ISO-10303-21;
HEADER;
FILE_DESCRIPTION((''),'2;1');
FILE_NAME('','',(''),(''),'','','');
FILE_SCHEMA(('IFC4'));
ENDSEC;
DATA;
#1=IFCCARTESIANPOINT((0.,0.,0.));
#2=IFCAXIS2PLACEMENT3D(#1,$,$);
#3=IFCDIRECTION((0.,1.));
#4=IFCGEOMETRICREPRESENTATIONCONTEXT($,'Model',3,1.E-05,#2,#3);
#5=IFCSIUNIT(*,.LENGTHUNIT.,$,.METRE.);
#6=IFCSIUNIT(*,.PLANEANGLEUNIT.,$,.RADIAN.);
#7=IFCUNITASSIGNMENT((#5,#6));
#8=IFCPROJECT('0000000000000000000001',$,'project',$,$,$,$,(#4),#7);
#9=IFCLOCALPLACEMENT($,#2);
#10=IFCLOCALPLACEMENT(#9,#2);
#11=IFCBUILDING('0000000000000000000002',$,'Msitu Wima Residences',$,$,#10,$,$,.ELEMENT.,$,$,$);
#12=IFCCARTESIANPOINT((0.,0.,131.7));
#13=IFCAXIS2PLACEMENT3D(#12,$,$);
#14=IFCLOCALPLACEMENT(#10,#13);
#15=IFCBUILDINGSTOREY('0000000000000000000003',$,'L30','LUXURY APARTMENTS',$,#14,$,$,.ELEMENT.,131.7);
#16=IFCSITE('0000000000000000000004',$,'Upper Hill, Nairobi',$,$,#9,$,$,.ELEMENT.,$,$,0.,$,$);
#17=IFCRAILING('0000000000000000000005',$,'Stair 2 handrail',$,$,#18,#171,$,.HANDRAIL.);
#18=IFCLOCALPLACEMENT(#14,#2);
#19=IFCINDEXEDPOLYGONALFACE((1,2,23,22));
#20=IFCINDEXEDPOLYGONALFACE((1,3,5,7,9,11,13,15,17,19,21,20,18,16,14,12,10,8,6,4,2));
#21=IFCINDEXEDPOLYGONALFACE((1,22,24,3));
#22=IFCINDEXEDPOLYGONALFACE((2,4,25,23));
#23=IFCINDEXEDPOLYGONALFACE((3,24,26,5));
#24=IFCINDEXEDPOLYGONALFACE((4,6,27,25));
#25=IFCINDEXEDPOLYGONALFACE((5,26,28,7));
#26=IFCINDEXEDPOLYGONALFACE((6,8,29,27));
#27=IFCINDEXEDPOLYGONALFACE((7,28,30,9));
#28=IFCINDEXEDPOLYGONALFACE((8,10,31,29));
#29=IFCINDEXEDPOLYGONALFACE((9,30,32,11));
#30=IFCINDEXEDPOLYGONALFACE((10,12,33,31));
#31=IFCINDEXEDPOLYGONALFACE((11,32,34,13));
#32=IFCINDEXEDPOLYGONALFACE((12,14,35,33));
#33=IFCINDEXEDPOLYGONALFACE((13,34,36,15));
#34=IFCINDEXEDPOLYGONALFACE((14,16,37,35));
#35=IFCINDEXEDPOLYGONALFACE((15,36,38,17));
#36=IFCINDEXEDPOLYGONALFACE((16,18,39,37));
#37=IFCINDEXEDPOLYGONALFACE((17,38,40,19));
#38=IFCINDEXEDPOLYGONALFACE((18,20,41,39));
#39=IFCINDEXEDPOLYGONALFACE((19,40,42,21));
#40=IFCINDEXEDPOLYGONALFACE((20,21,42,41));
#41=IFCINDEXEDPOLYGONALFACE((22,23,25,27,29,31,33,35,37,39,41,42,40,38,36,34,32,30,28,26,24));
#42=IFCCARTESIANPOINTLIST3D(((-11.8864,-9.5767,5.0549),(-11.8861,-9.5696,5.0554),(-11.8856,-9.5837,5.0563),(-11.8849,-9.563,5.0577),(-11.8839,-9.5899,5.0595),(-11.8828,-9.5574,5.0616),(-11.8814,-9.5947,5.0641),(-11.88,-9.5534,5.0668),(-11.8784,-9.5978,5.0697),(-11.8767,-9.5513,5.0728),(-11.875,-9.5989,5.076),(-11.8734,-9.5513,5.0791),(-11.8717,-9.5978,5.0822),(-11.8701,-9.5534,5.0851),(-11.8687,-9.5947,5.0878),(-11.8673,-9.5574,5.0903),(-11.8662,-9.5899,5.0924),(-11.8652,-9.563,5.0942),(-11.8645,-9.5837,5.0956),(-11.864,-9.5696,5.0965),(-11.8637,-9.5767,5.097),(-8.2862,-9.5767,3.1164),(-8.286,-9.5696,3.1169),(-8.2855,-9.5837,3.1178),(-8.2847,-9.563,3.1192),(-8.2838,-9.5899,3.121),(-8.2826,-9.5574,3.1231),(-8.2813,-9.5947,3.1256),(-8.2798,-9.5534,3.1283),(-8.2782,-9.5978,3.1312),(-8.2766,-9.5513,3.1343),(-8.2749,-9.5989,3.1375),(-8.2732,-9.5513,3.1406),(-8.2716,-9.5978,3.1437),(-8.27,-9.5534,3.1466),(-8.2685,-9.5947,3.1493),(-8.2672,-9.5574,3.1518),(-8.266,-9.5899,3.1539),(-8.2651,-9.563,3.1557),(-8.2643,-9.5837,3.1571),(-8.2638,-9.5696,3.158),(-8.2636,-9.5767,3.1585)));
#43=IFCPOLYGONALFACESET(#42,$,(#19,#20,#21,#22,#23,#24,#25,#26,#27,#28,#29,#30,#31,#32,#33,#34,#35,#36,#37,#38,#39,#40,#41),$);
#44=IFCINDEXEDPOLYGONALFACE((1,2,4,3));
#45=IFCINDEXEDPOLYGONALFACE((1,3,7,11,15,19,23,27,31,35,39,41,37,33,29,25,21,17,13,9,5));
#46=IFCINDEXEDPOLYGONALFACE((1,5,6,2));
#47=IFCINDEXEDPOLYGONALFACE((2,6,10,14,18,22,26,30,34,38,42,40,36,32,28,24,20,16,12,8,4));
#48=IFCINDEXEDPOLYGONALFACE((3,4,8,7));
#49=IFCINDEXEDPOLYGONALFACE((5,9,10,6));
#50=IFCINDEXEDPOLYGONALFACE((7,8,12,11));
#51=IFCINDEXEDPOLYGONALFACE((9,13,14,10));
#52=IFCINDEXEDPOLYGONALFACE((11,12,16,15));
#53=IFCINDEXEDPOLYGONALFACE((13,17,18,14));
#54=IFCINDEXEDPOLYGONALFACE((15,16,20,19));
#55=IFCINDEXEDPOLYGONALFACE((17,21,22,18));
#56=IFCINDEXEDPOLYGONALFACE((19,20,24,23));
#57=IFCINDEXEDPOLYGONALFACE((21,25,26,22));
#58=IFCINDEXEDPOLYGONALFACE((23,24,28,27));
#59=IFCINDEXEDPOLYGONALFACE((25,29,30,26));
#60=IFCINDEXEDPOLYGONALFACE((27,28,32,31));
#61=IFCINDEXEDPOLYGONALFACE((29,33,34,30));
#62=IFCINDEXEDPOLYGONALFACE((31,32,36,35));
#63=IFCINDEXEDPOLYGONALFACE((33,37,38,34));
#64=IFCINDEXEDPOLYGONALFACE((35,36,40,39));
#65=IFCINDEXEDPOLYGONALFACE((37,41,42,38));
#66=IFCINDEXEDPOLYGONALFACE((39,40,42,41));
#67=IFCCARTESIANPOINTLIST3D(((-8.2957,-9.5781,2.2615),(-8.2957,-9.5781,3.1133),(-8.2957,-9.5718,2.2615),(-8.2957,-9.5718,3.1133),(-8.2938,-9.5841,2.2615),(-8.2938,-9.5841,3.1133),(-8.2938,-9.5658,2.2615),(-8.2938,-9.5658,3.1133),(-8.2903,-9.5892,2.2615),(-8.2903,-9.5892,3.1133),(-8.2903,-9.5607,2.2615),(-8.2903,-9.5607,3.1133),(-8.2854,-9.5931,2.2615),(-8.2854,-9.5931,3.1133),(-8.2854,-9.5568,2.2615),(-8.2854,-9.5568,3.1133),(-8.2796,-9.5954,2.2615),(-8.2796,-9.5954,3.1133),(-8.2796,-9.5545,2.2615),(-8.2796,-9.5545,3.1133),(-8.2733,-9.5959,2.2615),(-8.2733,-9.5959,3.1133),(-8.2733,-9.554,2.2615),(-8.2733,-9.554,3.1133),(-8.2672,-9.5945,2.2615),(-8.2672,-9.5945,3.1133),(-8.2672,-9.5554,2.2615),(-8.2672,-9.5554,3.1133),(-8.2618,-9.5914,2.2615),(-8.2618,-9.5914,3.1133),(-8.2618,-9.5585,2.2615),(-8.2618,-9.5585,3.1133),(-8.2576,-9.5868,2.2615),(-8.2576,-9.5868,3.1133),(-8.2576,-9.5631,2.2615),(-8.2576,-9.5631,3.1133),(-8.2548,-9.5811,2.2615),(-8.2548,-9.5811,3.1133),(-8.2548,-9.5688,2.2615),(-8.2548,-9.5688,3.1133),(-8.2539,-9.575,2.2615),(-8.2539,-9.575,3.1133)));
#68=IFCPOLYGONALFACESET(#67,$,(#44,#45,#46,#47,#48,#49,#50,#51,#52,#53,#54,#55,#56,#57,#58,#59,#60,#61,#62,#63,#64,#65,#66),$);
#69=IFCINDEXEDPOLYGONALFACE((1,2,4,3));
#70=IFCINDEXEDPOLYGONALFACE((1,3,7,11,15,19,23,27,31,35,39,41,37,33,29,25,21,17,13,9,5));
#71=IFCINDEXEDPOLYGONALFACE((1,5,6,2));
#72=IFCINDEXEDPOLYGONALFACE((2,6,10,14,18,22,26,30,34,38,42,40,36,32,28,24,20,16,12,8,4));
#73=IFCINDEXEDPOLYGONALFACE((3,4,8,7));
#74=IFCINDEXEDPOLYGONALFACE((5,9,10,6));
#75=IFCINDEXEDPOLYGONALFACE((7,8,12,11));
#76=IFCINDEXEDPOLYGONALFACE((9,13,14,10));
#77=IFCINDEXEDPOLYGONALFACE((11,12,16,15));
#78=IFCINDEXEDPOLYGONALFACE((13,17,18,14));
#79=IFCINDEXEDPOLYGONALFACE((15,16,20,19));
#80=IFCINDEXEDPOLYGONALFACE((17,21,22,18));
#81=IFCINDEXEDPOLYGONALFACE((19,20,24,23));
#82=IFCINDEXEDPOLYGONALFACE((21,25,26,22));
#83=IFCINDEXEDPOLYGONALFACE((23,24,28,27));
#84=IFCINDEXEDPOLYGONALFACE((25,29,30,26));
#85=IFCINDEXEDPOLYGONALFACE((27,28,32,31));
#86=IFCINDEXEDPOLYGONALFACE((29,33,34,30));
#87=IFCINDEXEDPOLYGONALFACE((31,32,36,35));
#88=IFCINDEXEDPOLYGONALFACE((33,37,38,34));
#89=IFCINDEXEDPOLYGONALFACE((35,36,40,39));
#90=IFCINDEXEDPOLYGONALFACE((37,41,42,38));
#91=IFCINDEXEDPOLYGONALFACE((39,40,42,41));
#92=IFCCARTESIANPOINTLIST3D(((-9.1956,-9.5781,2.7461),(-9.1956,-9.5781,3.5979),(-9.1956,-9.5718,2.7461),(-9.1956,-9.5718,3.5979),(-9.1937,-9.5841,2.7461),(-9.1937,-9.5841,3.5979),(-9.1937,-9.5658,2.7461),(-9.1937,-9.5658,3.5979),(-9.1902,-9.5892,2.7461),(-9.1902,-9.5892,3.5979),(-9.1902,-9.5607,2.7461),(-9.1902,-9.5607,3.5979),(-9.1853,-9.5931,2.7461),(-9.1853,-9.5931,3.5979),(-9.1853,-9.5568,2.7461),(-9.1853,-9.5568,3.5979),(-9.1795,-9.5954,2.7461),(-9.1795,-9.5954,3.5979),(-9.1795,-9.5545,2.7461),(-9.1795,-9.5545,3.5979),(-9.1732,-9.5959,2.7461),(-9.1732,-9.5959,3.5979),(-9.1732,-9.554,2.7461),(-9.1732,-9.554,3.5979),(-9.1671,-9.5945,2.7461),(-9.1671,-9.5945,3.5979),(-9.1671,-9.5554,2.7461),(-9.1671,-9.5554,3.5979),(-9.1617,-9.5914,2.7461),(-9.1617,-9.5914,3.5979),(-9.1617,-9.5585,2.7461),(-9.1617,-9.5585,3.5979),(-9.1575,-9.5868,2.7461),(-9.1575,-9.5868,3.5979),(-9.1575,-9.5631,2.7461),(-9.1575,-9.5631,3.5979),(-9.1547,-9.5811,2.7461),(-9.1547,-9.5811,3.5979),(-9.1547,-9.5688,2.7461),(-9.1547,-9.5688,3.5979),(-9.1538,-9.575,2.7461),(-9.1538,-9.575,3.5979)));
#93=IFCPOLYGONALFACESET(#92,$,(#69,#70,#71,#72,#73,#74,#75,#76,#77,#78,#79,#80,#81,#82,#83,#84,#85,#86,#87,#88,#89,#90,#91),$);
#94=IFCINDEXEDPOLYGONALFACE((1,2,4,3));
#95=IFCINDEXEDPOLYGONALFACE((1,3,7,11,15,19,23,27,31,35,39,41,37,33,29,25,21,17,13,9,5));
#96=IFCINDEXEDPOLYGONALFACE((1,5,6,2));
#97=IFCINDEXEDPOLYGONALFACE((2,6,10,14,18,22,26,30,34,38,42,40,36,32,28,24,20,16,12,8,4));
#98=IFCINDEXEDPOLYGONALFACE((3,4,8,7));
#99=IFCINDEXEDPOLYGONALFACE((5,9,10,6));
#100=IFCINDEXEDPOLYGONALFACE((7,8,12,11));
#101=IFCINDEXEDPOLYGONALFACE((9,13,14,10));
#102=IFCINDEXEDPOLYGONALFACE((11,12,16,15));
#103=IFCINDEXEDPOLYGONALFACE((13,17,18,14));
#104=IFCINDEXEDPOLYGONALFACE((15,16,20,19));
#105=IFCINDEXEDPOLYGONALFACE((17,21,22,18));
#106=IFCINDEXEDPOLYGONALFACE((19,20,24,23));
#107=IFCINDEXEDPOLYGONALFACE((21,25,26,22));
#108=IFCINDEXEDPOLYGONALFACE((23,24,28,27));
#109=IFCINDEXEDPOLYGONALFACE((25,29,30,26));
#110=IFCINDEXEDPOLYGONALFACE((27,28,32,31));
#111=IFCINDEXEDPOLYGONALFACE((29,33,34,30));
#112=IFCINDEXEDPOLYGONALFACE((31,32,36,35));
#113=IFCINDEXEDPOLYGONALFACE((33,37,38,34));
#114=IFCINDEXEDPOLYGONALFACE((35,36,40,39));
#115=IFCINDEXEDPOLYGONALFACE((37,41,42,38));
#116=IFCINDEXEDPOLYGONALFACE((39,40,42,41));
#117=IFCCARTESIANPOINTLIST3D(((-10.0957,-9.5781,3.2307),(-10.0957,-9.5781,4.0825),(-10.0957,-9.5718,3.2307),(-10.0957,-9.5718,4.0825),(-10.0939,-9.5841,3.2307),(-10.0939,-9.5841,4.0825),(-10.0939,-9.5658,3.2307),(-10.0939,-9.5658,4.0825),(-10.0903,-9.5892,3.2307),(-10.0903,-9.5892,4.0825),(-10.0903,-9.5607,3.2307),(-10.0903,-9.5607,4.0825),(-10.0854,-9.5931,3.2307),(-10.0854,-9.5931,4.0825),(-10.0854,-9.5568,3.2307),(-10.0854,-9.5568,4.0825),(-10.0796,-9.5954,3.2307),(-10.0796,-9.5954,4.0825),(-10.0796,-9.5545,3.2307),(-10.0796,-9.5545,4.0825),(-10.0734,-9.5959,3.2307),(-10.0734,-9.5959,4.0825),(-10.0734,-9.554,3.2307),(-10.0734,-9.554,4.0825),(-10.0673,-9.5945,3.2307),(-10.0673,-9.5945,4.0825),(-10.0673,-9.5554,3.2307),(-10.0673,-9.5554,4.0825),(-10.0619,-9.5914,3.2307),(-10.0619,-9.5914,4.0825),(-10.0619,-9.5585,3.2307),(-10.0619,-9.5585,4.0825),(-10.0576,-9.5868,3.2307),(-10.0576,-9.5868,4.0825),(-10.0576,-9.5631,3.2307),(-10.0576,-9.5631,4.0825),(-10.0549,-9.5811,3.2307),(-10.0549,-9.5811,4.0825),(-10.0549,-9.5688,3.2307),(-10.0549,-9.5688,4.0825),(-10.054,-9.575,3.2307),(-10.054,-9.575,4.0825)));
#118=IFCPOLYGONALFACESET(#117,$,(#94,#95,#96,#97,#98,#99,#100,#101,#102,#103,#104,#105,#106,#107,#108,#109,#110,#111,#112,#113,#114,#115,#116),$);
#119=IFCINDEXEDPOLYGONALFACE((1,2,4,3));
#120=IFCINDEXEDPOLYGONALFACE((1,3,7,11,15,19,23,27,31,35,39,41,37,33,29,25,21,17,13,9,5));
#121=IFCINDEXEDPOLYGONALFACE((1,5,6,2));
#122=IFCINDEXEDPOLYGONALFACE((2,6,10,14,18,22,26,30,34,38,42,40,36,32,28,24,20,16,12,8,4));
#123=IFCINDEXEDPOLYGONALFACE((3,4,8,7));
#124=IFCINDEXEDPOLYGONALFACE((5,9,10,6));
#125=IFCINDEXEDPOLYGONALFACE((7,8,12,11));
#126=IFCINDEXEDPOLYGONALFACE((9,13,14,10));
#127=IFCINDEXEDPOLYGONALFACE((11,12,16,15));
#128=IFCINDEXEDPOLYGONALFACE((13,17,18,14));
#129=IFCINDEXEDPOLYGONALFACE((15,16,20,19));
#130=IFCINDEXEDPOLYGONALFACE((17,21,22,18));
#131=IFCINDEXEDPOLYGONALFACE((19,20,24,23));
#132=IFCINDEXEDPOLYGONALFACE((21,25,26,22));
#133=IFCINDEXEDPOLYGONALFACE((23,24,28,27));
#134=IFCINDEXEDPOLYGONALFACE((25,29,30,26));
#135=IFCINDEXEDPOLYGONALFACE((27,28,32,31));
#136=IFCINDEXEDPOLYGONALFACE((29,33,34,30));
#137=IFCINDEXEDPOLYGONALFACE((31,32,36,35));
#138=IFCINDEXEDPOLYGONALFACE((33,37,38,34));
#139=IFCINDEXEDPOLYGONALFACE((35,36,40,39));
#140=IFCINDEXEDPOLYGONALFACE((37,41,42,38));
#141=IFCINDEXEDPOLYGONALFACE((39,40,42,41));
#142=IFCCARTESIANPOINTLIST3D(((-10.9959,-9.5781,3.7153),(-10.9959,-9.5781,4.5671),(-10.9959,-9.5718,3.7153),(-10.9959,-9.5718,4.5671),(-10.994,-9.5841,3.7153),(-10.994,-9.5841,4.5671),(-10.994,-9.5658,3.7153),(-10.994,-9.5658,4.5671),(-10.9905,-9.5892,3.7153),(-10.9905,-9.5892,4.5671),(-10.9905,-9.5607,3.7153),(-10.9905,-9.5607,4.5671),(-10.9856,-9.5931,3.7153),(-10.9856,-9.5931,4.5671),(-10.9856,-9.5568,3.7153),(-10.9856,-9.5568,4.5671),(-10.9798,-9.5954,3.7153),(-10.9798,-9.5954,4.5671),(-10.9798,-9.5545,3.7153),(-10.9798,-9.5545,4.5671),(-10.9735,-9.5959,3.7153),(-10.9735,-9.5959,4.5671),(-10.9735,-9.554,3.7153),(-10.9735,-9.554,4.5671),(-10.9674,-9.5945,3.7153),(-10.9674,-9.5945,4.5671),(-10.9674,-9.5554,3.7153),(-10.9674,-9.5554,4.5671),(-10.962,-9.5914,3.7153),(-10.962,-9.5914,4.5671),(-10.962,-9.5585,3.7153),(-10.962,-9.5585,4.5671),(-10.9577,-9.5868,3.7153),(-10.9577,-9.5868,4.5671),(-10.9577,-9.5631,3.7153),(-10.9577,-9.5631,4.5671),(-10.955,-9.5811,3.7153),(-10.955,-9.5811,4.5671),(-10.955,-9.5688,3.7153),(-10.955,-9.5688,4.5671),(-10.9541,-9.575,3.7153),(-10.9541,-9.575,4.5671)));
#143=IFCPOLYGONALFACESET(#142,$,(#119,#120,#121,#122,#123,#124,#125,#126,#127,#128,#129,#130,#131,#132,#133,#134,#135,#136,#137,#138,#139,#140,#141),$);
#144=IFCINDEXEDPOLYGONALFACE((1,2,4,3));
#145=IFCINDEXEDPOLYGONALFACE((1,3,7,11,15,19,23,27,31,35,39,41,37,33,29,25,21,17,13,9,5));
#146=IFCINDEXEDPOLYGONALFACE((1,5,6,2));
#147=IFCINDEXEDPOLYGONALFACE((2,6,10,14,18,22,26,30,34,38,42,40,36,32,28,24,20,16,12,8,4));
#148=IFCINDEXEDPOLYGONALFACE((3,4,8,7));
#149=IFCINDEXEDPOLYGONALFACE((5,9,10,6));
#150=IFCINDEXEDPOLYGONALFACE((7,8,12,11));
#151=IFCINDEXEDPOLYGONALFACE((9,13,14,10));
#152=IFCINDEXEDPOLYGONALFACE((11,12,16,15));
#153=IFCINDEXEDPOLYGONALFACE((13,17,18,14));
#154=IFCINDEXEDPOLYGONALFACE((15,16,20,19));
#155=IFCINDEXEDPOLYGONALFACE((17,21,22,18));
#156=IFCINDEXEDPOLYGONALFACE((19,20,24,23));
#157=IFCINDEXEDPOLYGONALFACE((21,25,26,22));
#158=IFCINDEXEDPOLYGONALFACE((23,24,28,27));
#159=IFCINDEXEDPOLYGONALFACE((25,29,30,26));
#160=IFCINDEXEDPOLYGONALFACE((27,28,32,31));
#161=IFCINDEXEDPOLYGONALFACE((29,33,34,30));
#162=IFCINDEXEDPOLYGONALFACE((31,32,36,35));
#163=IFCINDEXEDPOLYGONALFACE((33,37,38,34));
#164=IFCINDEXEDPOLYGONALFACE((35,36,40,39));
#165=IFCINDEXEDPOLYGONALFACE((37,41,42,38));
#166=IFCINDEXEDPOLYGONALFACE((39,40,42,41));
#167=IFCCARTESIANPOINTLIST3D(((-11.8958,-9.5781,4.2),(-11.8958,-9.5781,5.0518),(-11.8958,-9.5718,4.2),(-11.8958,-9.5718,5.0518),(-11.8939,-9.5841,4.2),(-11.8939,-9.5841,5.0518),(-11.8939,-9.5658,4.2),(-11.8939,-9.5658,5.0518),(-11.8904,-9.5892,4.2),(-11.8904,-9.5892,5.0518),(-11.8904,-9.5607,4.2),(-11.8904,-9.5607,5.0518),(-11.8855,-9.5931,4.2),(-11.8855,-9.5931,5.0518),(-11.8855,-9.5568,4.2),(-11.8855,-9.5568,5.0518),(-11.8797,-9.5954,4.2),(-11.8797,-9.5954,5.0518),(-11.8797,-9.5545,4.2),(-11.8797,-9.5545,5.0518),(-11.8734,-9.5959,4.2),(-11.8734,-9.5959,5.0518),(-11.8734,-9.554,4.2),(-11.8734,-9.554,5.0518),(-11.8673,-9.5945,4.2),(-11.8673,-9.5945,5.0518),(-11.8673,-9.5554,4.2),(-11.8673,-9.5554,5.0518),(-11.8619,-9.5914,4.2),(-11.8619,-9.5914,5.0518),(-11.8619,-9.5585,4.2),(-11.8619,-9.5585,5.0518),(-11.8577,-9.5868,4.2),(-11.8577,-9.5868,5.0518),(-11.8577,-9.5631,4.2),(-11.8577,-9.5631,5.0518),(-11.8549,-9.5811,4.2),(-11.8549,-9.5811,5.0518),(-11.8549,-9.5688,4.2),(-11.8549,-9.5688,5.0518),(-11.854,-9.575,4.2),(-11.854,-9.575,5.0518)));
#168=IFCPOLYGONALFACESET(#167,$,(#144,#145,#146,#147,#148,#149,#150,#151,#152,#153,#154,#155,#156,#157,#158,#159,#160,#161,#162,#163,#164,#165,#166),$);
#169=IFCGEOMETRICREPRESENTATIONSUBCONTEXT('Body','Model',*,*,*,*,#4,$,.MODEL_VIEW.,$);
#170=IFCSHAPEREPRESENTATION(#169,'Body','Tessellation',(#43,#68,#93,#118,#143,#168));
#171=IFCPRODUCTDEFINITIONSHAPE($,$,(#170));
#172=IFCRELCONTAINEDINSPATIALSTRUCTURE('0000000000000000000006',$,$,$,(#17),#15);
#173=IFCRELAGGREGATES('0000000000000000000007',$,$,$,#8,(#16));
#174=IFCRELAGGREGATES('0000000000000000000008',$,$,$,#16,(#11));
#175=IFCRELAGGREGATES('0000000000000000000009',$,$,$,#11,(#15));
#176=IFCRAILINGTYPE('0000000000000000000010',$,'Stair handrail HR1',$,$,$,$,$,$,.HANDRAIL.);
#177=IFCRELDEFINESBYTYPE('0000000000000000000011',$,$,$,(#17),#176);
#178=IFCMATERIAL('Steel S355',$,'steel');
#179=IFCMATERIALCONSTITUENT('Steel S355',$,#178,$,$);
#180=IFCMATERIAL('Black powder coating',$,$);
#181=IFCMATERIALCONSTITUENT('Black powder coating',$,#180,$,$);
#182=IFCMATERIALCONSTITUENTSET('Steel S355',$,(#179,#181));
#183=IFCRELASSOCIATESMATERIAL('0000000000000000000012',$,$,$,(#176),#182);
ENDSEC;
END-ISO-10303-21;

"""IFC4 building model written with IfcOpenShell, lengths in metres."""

from ifc_helpers import new_model, si_unit, direction, frame, origin, origin_2d, place, context, subcontext, project, spatial, circle, extrude, material, constituent, constituent_set, type_object, element, save


model = new_model("IFC4")

# Units and contexts
model_context = context("Model", 3, precision=1e-05, world=origin(), true_north=direction((0.0, 1.0)))
body_context = subcontext(model_context, "Body", "Model", "MODEL_VIEW")
ifc_project = project(units=[si_unit("LENGTHUNIT", "METRE"), si_unit("PLANEANGLEUNIT", "RADIAN")], contexts=[model_context])

# Site, building, storey
site_placement = place(None, origin())
site = spatial("IfcSite", under=ifc_project, at=site_placement, Name="Upper Hill, Nairobi", CompositionType="ELEMENT", RefElevation=0.0)
building_placement = place(site_placement, origin())
building = spatial("IfcBuilding", under=site, at=building_placement, Name="Msitu Wima Residences", CompositionType="ELEMENT")
storey_placement = place(building_placement, frame((0.0, 0.0, 131.7)))
storey = spatial("IfcBuildingStorey", under=building, at=storey_placement, Name="L30", Description="LUXURY APARTMENTS", CompositionType="ELEMENT", Elevation=131.7)

# Railing
ifc_material_1 = material(Name="Steel S355", Category="steel")
ifc_constituent_1 = constituent(ifc_material_1, Name="Steel S355")
ifc_material_2 = material(Name="Black powder coating")
ifc_constituent_2 = constituent(ifc_material_2, Name="Black powder coating")
ifc_constituent_set = constituent_set(constituents=[ifc_constituent_1, ifc_constituent_2], Name="Steel S355")
railing_type = type_object("IfcRailingType", Name="Stair handrail HR1", PredefinedType="HANDRAIL", material=ifc_constituent_set)
for number, where, name in (
    (1, (-8.2749, -9.575, 2.2615), "Stair 2 handrail"),
):
    element("IfcRailing", number, at=place(storey_placement, frame(where)), inside=storey, type_object=railing_type, Name=name, PredefinedType="HANDRAIL", context=body_context, shape_type="SweptSolid", body=[
        extrude(circle(Radius=0.0239, at=origin_2d()), frame((0.0, 0.0, 0.876), z_axis=(-0.880475, 0.0, 0.474093), x_axis=(0.0, -1.0, 0.0)), (0.0, 0.0, 1.0), 4.0889),
        extrude(circle(Radius=0.021, at=origin_2d()), origin(), (0.0, 0.0, 1.0), 0.8518),
        extrude(circle(Radius=0.021, at=origin_2d()), frame((-0.8999, 0.0, 0.4846)), (0.0, 0.0, 1.0), 0.8518),
        extrude(circle(Radius=0.021, at=origin_2d()), frame((-1.8, 0.0, 0.9692)), (0.0, 0.0, 1.0), 0.8518),
        extrude(circle(Radius=0.021, at=origin_2d()), frame((-2.7002, 0.0, 1.4539)), (0.0, 0.0, 1.0), 0.8518),
        extrude(circle(Radius=0.021, at=origin_2d()), frame((-3.6001, 0.0, 1.9385)), (0.0, 0.0, 1.0), 0.8518),
    ])

save(model, "model.ifc")
